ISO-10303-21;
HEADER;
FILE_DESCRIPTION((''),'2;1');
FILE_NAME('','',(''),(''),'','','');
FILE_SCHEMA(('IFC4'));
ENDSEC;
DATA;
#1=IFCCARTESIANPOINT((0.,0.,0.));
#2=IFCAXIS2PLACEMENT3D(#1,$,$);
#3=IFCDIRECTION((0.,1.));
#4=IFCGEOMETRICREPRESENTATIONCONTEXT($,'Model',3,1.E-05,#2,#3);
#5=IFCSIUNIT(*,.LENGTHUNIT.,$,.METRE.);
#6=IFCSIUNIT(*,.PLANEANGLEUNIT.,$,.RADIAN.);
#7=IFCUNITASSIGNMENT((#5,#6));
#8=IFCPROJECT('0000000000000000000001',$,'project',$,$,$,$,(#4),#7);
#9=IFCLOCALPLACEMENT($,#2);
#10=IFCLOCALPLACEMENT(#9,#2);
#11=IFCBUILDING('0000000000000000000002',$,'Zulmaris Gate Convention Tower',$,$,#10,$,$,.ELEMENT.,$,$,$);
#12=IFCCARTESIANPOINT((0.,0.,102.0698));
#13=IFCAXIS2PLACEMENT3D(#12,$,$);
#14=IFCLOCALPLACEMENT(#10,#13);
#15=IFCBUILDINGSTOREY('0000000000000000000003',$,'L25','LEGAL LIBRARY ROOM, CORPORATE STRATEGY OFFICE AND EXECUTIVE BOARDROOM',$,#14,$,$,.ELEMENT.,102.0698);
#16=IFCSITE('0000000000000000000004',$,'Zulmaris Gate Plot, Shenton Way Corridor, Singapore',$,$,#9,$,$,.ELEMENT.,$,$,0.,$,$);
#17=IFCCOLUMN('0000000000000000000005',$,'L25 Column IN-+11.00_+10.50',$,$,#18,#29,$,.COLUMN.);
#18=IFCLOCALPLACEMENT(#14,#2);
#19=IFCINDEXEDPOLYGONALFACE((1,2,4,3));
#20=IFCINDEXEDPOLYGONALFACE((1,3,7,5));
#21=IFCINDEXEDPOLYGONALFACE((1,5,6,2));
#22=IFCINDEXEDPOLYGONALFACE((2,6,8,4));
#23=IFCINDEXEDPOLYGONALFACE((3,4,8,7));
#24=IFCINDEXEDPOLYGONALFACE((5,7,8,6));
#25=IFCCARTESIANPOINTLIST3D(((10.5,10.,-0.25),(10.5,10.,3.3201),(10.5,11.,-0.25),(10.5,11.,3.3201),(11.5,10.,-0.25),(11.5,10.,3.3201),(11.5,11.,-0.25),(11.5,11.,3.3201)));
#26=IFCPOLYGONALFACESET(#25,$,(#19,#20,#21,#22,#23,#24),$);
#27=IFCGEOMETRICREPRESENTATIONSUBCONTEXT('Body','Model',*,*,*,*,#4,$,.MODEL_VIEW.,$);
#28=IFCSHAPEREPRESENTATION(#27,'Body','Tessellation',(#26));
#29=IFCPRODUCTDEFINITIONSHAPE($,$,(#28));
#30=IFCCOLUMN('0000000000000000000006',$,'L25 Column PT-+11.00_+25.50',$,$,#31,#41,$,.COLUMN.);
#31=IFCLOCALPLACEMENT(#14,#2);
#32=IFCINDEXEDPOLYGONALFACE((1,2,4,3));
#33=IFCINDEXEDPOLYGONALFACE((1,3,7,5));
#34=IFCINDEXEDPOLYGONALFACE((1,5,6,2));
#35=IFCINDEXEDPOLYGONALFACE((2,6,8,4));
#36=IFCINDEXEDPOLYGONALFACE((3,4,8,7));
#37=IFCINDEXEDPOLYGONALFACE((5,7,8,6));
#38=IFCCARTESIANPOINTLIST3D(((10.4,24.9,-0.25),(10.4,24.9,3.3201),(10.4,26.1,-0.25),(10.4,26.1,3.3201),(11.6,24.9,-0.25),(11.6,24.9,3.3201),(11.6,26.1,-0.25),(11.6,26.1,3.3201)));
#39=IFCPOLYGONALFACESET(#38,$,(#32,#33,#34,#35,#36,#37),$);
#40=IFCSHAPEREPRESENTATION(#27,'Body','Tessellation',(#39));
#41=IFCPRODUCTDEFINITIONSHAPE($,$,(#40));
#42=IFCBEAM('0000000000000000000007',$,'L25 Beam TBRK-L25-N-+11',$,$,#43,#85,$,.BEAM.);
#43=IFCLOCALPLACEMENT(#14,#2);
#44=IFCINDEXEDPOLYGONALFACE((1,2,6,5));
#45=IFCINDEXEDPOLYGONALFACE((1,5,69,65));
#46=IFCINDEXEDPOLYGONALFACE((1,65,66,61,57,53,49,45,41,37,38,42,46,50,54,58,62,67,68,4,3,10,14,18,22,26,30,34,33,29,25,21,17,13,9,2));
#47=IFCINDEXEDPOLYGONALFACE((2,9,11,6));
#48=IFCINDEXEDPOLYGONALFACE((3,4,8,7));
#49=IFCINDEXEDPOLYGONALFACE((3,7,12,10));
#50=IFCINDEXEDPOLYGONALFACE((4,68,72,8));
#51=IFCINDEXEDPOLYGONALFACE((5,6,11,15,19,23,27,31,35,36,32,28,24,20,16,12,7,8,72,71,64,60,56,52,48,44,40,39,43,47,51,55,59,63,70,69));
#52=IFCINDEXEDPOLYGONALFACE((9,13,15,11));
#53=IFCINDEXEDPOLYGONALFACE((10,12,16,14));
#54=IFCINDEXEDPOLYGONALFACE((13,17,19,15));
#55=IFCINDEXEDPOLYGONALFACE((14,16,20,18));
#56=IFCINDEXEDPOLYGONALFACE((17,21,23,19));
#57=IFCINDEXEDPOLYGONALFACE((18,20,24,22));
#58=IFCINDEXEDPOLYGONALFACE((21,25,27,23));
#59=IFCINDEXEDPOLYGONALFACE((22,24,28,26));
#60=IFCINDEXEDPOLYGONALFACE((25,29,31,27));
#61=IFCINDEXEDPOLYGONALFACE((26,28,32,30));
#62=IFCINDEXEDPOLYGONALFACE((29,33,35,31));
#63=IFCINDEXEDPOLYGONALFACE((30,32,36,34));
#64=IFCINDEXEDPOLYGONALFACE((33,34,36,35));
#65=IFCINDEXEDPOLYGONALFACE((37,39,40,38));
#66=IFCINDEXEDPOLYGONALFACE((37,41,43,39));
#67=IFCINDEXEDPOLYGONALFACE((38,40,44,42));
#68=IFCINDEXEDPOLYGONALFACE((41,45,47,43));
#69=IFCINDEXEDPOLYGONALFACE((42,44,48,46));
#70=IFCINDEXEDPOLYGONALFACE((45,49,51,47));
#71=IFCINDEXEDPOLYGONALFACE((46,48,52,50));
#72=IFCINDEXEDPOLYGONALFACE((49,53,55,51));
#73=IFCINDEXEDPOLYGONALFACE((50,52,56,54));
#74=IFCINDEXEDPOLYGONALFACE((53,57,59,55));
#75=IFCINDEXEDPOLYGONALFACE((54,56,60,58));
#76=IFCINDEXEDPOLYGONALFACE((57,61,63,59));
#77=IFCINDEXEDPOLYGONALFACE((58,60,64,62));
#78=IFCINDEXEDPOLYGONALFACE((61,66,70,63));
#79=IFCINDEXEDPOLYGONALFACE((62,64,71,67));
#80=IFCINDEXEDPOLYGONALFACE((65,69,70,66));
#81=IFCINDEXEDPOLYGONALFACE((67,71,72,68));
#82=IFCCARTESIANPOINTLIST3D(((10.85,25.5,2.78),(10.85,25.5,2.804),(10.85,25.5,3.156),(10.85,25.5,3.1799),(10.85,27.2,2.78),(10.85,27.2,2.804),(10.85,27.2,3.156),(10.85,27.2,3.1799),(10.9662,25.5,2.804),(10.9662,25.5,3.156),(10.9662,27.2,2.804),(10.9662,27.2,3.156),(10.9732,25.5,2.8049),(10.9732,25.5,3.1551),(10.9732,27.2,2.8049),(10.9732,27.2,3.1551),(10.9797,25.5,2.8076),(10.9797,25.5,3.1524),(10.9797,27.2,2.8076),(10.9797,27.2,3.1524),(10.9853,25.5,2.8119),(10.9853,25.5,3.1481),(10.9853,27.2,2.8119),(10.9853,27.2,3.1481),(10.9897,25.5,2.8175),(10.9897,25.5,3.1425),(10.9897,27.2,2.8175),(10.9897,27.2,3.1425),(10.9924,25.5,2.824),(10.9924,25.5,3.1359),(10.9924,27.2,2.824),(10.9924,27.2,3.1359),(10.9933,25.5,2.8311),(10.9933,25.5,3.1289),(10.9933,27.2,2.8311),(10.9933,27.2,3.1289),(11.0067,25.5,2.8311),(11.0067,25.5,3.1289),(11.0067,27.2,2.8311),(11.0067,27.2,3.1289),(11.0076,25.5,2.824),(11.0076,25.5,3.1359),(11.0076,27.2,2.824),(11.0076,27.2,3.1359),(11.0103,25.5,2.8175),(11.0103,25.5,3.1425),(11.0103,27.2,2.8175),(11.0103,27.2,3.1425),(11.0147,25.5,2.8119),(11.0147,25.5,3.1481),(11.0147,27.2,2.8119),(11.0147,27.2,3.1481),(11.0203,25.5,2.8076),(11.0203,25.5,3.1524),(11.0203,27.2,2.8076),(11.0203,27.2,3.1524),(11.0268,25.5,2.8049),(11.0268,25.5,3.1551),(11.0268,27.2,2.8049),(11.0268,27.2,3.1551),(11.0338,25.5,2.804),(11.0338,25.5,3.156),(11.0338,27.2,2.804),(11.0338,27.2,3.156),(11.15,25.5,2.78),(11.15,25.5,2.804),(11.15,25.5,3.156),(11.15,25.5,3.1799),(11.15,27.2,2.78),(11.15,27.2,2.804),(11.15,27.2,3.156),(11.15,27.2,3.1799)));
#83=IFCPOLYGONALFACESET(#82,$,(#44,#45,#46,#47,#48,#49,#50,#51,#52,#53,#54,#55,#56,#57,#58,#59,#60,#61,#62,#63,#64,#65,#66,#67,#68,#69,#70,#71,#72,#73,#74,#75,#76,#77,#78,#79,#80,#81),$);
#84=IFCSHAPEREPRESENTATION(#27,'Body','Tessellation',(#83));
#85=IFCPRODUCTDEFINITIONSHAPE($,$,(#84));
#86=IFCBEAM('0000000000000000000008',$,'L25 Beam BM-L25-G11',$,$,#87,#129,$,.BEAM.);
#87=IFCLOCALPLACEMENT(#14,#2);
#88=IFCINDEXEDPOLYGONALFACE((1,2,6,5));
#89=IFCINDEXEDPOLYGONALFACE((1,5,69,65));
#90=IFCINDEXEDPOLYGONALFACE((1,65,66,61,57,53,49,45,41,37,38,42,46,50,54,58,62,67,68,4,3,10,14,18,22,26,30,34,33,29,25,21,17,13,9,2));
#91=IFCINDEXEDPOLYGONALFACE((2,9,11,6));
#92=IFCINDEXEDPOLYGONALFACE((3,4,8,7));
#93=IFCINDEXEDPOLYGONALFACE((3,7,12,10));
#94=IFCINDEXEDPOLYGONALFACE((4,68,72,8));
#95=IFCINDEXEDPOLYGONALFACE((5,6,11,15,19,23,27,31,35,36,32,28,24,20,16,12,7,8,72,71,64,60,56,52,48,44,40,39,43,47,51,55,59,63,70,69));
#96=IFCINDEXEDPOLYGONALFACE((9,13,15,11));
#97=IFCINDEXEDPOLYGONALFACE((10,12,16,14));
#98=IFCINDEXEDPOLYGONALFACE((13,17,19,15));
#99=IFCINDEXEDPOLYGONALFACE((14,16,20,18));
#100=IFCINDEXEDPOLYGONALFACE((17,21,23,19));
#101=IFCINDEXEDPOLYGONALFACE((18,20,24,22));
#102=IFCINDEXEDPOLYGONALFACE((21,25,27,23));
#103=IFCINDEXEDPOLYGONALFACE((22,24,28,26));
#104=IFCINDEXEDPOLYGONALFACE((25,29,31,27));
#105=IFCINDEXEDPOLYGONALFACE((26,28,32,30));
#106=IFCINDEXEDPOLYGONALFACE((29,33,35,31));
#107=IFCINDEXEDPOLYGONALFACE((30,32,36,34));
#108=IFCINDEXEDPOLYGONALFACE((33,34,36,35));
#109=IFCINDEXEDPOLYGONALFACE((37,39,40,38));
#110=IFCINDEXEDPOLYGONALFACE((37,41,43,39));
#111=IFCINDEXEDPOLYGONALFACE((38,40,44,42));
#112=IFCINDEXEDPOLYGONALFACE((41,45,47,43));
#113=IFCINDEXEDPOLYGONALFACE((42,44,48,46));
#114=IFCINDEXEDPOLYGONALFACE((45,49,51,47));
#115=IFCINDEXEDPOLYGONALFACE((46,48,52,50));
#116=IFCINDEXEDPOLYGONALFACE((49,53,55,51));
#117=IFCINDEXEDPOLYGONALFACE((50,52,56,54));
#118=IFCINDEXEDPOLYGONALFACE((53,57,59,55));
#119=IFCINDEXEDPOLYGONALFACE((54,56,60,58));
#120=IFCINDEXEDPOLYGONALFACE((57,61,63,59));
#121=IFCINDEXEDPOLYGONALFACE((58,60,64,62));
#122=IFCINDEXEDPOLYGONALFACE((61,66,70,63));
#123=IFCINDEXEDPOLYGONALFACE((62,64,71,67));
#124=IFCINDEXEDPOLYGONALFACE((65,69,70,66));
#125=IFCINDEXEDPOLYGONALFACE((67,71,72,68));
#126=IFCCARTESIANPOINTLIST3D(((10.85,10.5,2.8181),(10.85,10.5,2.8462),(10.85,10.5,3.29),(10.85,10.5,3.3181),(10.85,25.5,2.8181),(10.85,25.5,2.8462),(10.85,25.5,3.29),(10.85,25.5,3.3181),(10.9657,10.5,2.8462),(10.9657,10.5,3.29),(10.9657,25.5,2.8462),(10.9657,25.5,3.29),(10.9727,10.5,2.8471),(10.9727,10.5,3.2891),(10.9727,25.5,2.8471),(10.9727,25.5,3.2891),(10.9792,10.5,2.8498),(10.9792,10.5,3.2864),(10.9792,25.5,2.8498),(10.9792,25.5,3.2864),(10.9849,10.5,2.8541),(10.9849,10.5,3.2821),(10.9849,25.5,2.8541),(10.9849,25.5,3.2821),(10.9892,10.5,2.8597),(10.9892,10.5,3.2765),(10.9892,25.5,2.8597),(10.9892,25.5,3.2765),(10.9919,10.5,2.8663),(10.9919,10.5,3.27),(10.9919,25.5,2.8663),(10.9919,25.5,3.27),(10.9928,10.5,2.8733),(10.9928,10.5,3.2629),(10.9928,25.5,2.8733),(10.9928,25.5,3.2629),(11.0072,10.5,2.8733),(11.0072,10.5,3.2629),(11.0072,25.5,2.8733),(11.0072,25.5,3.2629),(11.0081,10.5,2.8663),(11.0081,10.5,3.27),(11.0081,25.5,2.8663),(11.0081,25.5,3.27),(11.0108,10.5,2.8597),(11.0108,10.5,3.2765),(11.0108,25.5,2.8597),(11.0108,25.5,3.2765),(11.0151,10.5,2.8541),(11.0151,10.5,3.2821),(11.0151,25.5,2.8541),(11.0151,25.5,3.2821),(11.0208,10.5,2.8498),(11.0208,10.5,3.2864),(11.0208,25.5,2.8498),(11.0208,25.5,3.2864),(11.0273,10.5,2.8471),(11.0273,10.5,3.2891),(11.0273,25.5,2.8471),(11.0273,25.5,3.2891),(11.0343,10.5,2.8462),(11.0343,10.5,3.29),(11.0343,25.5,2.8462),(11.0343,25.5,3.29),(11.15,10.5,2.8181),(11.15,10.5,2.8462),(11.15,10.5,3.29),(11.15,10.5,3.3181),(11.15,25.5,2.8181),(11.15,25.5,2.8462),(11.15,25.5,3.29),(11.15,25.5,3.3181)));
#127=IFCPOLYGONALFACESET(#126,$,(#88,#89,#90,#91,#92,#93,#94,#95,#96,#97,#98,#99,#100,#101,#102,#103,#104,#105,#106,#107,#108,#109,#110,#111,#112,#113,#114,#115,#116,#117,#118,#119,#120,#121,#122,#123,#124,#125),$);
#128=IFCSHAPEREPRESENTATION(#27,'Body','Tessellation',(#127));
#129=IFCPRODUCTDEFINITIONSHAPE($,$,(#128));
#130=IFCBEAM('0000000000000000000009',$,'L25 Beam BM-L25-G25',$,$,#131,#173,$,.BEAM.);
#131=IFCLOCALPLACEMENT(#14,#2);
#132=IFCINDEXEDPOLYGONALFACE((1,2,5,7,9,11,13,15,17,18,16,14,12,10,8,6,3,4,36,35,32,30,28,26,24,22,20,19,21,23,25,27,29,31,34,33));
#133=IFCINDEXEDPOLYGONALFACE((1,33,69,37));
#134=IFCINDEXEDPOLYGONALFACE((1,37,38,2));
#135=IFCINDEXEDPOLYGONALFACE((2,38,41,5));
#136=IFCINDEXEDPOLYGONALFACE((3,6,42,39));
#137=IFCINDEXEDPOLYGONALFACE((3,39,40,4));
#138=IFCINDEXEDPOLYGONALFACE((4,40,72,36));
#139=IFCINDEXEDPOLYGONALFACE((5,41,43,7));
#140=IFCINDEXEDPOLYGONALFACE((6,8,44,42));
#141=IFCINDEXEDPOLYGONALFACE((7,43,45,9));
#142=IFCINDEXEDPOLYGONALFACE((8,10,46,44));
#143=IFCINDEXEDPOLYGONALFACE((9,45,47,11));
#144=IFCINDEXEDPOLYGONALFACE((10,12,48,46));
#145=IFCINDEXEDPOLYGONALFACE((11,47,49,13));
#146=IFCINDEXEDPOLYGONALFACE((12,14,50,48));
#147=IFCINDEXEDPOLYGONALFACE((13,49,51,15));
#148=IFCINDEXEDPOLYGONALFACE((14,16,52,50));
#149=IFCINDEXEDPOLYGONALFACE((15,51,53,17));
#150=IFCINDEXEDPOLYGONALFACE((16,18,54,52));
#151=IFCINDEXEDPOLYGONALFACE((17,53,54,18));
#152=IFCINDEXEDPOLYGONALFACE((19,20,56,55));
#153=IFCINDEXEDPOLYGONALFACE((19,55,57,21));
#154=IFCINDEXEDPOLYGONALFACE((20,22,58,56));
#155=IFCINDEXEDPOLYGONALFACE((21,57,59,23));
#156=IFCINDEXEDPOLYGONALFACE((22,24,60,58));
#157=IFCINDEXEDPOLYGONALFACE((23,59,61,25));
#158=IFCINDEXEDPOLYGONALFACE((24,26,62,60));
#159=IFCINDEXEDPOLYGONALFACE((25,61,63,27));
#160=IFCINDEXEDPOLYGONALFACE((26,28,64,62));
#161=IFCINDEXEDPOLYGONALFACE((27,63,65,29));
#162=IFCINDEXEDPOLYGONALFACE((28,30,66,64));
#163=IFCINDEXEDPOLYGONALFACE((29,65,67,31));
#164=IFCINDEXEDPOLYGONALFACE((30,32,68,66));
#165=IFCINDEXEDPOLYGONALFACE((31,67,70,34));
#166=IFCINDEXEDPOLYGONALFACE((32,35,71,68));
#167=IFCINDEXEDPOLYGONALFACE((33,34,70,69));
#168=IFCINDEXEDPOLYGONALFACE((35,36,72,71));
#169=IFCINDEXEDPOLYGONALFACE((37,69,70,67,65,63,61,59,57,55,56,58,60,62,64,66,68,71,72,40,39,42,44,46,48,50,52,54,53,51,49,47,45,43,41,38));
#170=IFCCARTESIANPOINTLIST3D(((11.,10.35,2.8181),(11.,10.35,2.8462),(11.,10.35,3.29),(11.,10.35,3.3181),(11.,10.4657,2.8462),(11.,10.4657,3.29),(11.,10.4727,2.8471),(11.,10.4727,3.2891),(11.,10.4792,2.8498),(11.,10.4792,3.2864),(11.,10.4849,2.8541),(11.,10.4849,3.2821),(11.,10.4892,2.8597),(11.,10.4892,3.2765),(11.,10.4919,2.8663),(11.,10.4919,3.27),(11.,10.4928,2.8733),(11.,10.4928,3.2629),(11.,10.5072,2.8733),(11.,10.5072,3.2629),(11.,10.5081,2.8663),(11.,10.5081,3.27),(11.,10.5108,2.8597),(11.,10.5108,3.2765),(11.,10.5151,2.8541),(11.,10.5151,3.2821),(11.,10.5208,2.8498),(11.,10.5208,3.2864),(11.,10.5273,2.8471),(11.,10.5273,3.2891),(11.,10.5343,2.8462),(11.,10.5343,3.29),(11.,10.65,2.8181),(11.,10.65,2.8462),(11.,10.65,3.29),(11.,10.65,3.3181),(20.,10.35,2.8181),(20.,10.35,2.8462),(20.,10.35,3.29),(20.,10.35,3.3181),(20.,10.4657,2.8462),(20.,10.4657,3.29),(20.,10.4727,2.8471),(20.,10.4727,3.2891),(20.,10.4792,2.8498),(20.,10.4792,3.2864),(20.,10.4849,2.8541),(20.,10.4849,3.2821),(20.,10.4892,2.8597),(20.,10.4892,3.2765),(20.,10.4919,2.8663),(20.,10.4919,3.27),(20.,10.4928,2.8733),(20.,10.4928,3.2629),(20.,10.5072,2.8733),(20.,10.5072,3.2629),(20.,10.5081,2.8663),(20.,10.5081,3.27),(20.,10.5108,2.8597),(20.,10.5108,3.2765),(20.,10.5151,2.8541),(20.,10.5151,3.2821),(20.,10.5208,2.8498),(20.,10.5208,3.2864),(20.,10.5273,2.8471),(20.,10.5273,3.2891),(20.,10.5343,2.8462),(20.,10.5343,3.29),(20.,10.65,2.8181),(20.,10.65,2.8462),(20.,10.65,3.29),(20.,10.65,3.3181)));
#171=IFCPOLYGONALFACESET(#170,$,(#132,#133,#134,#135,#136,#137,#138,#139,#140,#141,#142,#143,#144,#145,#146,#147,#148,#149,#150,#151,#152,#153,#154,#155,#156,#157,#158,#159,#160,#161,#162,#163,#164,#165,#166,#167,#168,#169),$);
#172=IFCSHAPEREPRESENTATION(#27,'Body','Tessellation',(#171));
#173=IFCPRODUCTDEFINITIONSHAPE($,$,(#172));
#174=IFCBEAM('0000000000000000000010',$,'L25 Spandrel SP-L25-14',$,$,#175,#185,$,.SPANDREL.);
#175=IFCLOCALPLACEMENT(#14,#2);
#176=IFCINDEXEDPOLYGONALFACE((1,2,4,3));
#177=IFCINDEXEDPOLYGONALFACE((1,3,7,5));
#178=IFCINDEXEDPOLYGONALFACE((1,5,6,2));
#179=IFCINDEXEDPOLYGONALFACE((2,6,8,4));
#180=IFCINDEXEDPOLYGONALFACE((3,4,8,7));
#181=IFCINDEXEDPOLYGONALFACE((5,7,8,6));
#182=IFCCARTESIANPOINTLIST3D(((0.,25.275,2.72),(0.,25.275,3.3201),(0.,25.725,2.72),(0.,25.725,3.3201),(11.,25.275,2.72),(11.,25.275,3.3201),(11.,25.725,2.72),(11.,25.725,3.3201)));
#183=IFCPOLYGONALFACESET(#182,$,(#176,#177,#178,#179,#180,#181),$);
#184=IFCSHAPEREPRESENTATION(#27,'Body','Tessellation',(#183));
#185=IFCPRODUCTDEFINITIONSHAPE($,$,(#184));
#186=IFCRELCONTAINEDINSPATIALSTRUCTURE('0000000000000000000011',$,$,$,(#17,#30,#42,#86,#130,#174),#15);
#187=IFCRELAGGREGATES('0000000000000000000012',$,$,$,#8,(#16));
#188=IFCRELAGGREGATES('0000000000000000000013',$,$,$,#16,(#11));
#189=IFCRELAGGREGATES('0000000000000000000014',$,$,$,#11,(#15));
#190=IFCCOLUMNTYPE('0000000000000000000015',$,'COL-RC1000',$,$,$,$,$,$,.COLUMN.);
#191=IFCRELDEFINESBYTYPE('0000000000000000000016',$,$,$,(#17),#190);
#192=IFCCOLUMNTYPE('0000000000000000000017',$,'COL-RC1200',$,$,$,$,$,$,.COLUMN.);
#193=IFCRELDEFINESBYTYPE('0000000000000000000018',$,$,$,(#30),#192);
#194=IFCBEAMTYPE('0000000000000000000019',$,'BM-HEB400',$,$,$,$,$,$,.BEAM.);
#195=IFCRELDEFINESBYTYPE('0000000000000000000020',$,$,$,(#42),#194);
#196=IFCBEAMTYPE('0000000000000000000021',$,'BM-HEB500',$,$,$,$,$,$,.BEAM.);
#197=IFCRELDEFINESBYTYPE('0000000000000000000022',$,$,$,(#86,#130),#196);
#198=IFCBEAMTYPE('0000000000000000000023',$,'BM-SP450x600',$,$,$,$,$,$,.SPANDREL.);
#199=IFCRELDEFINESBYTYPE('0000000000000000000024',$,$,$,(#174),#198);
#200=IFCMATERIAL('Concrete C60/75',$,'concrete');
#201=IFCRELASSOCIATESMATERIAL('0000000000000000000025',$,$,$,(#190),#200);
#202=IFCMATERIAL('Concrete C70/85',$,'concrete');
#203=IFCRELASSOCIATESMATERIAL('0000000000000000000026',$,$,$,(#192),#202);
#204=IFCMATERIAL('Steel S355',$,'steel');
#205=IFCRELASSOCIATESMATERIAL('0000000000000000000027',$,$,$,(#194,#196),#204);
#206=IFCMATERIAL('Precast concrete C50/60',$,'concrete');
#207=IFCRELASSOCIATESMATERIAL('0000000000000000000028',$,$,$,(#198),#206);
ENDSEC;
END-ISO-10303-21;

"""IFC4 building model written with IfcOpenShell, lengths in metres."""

from ifc_helpers import new_model, si_unit, direction, frame, origin, origin_2d, place, context, subcontext, project, spatial, rectangle, i_section, extrude, material, material_profile, profile_set, type_object, element, save


model = new_model("IFC4")

# Units and contexts
model_context = context("Model", 3, precision=1e-05, world=origin(), true_north=direction((0.0, 1.0)))
body_context = subcontext(model_context, "Body", "Model", "MODEL_VIEW")
ifc_project = project(units=[si_unit("LENGTHUNIT", "METRE"), si_unit("PLANEANGLEUNIT", "RADIAN")], contexts=[model_context])

# Site, building, storey
site_placement = place(None, origin())
site = spatial("IfcSite", under=ifc_project, at=site_placement, Name="Zulmaris Gate Plot, Shenton Way Corridor, Singapore", CompositionType="ELEMENT", RefElevation=0.0)
building_placement = place(site_placement, origin())
building = spatial("IfcBuilding", under=site, at=building_placement, Name="Zulmaris Gate Convention Tower", CompositionType="ELEMENT")
storey_placement = place(building_placement, frame((0.0, 0.0, 102.0698)))
storey = spatial("IfcBuildingStorey", under=building, at=storey_placement, Name="L25", Description="LEGAL LIBRARY ROOM, CORPORATE STRATEGY OFFICE AND EXECUTIVE BOARDROOM", CompositionType="ELEMENT", Elevation=102.0698)

# Columns
ifc_material_1 = material(Name="Concrete C60/75", Category="concrete")
ifc_material_profile_1 = material_profile(ifc_material_1, rectangle(XDim=1.0, YDim=1.0, at=origin_2d()), Name="RC COL 1000x1000")
ifc_profile_set_1 = profile_set([ifc_material_profile_1], Name="Concrete C60/75")
column_type_1 = type_object("IfcColumnType", Name="COL-RC1000", PredefinedType="COLUMN", material=ifc_profile_set_1)
column_1_placement = place(storey_placement, frame((11.0, 10.5, -0.25), z_axis=(0.0, 0.0, 1.0), x_axis=(1.0, 0.0, 0.0)))
element("IfcColumn", 1, at=column_1_placement, inside=storey, type_object=column_type_1, Name="L25 Column IN-+11.00_+10.50", PredefinedType="COLUMN", context=body_context, shape_type="SweptSolid", body=[
    extrude(rectangle(XDim=1.0, YDim=1.0, at=origin_2d()), origin(), (0.0, 0.0, 1.0), 3.5701),
])
ifc_material_2 = material(Name="Concrete C70/85", Category="concrete")
ifc_material_profile_2 = material_profile(ifc_material_2, rectangle(XDim=1.2, YDim=1.2, at=origin_2d()), Name="RC COL 1200x1200")
ifc_profile_set_2 = profile_set([ifc_material_profile_2], Name="Concrete C70/85")
column_type_2 = type_object("IfcColumnType", Name="COL-RC1200", PredefinedType="COLUMN", material=ifc_profile_set_2)
column_2_placement = place(storey_placement, frame((11.0, 25.5, -0.25), z_axis=(0.0, 0.0, 1.0), x_axis=(1.0, 0.0, 0.0)))
element("IfcColumn", 2, at=column_2_placement, inside=storey, type_object=column_type_2, Name="L25 Column PT-+11.00_+25.50", PredefinedType="COLUMN", context=body_context, shape_type="SweptSolid", body=[
    extrude(rectangle(XDim=1.2, YDim=1.2, at=origin_2d()), origin(), (0.0, 0.0, 1.0), 3.5701),
])

# Beams
ifc_material_3 = material(Name="Steel S355", Category="steel")
ifc_material_profile_3 = material_profile(ifc_material_3, i_section(OverallWidth=0.3, OverallDepth=0.3999, WebThickness=0.0134, FlangeThickness=0.0239, FilletRadius=0.0271, at=origin_2d()), Name="HEB 400")
ifc_profile_set_3 = profile_set([ifc_material_profile_3], Name="Steel S355")
beam_type_1 = type_object("IfcBeamType", Name="BM-HEB400", PredefinedType="BEAM", material=ifc_profile_set_3)
beam_1_placement = place(storey_placement, frame((11.0, 25.5, 2.98), z_axis=(0.0, 1.0, 0.0), x_axis=(-1.0, 0.0, 0.0)))
element("IfcBeam", 3, at=beam_1_placement, inside=storey, type_object=beam_type_1, Name="L25 Beam TBRK-L25-N-+11", PredefinedType="BEAM", context=body_context, shape_type="SweptSolid", body=[
    extrude(i_section(OverallWidth=0.3, OverallDepth=0.3999, WebThickness=0.0134, FlangeThickness=0.0239, FilletRadius=0.0271, at=origin_2d()), origin(), (0.0, 0.0, 1.0), 1.7),
])
ifc_material_profile_4 = material_profile(ifc_material_3, i_section(OverallWidth=0.3, OverallDepth=0.5, WebThickness=0.0144, FlangeThickness=0.0281, FilletRadius=0.0271, at=origin_2d()), Name="HEB 500")
ifc_profile_set_4 = profile_set([ifc_material_profile_4], Name="Steel S355")
beam_type_2 = type_object("IfcBeamType", Name="BM-HEB500", PredefinedType="BEAM", material=ifc_profile_set_4)
beam_2_placement = place(storey_placement, frame((11.0, 10.5, 3.0681), z_axis=(0.0, 1.0, 0.0), x_axis=(-1.0, 0.0, 0.0)))
element("IfcBeam", 4, at=beam_2_placement, inside=storey, type_object=beam_type_2, Name="L25 Beam BM-L25-G11", PredefinedType="BEAM", context=body_context, shape_type="SweptSolid", body=[
    extrude(i_section(OverallWidth=0.3, OverallDepth=0.5, WebThickness=0.0144, FlangeThickness=0.0281, FilletRadius=0.0271, at=origin_2d()), origin(), (0.0, 0.0, 1.0), 15.0),
])
beam_3_placement = place(storey_placement, frame((11.0, 10.5, 3.0681), z_axis=(1.0, 0.0, 0.0), x_axis=(0.0, 1.0, 0.0)))
element("IfcBeam", 5, at=beam_3_placement, inside=storey, type_object=beam_type_2, Name="L25 Beam BM-L25-G25", PredefinedType="BEAM", context=body_context, shape_type="SweptSolid", body=[
    extrude(i_section(OverallWidth=0.3, OverallDepth=0.5, WebThickness=0.0144, FlangeThickness=0.0281, FilletRadius=0.0271, at=origin_2d()), origin(), (0.0, 0.0, 1.0), 9.0),
])
ifc_material_4 = material(Name="Precast concrete C50/60", Category="concrete")
ifc_material_profile_5 = material_profile(ifc_material_4, rectangle(XDim=0.45, YDim=0.6001, at=origin_2d()), Name="RC SPANDREL 450x600")
ifc_profile_set_5 = profile_set([ifc_material_profile_5], Name="Precast concrete C50/60")
beam_type_3 = type_object("IfcBeamType", Name="BM-SP450x600", PredefinedType="SPANDREL", material=ifc_profile_set_5)
beam_4_placement = place(storey_placement, frame((11.0, 25.5, 3.02), z_axis=(-1.0, 0.0, 0.0), x_axis=(0.0, -1.0, 0.0)))
element("IfcBeam", 6, at=beam_4_placement, inside=storey, type_object=beam_type_3, Name="L25 Spandrel SP-L25-14", PredefinedType="SPANDREL", context=body_context, shape_type="SweptSolid", body=[
    extrude(rectangle(XDim=0.45, YDim=0.6001, at=origin_2d()), origin(), (0.0, 0.0, 1.0), 11.0),
])

save(model, "model.ifc")
